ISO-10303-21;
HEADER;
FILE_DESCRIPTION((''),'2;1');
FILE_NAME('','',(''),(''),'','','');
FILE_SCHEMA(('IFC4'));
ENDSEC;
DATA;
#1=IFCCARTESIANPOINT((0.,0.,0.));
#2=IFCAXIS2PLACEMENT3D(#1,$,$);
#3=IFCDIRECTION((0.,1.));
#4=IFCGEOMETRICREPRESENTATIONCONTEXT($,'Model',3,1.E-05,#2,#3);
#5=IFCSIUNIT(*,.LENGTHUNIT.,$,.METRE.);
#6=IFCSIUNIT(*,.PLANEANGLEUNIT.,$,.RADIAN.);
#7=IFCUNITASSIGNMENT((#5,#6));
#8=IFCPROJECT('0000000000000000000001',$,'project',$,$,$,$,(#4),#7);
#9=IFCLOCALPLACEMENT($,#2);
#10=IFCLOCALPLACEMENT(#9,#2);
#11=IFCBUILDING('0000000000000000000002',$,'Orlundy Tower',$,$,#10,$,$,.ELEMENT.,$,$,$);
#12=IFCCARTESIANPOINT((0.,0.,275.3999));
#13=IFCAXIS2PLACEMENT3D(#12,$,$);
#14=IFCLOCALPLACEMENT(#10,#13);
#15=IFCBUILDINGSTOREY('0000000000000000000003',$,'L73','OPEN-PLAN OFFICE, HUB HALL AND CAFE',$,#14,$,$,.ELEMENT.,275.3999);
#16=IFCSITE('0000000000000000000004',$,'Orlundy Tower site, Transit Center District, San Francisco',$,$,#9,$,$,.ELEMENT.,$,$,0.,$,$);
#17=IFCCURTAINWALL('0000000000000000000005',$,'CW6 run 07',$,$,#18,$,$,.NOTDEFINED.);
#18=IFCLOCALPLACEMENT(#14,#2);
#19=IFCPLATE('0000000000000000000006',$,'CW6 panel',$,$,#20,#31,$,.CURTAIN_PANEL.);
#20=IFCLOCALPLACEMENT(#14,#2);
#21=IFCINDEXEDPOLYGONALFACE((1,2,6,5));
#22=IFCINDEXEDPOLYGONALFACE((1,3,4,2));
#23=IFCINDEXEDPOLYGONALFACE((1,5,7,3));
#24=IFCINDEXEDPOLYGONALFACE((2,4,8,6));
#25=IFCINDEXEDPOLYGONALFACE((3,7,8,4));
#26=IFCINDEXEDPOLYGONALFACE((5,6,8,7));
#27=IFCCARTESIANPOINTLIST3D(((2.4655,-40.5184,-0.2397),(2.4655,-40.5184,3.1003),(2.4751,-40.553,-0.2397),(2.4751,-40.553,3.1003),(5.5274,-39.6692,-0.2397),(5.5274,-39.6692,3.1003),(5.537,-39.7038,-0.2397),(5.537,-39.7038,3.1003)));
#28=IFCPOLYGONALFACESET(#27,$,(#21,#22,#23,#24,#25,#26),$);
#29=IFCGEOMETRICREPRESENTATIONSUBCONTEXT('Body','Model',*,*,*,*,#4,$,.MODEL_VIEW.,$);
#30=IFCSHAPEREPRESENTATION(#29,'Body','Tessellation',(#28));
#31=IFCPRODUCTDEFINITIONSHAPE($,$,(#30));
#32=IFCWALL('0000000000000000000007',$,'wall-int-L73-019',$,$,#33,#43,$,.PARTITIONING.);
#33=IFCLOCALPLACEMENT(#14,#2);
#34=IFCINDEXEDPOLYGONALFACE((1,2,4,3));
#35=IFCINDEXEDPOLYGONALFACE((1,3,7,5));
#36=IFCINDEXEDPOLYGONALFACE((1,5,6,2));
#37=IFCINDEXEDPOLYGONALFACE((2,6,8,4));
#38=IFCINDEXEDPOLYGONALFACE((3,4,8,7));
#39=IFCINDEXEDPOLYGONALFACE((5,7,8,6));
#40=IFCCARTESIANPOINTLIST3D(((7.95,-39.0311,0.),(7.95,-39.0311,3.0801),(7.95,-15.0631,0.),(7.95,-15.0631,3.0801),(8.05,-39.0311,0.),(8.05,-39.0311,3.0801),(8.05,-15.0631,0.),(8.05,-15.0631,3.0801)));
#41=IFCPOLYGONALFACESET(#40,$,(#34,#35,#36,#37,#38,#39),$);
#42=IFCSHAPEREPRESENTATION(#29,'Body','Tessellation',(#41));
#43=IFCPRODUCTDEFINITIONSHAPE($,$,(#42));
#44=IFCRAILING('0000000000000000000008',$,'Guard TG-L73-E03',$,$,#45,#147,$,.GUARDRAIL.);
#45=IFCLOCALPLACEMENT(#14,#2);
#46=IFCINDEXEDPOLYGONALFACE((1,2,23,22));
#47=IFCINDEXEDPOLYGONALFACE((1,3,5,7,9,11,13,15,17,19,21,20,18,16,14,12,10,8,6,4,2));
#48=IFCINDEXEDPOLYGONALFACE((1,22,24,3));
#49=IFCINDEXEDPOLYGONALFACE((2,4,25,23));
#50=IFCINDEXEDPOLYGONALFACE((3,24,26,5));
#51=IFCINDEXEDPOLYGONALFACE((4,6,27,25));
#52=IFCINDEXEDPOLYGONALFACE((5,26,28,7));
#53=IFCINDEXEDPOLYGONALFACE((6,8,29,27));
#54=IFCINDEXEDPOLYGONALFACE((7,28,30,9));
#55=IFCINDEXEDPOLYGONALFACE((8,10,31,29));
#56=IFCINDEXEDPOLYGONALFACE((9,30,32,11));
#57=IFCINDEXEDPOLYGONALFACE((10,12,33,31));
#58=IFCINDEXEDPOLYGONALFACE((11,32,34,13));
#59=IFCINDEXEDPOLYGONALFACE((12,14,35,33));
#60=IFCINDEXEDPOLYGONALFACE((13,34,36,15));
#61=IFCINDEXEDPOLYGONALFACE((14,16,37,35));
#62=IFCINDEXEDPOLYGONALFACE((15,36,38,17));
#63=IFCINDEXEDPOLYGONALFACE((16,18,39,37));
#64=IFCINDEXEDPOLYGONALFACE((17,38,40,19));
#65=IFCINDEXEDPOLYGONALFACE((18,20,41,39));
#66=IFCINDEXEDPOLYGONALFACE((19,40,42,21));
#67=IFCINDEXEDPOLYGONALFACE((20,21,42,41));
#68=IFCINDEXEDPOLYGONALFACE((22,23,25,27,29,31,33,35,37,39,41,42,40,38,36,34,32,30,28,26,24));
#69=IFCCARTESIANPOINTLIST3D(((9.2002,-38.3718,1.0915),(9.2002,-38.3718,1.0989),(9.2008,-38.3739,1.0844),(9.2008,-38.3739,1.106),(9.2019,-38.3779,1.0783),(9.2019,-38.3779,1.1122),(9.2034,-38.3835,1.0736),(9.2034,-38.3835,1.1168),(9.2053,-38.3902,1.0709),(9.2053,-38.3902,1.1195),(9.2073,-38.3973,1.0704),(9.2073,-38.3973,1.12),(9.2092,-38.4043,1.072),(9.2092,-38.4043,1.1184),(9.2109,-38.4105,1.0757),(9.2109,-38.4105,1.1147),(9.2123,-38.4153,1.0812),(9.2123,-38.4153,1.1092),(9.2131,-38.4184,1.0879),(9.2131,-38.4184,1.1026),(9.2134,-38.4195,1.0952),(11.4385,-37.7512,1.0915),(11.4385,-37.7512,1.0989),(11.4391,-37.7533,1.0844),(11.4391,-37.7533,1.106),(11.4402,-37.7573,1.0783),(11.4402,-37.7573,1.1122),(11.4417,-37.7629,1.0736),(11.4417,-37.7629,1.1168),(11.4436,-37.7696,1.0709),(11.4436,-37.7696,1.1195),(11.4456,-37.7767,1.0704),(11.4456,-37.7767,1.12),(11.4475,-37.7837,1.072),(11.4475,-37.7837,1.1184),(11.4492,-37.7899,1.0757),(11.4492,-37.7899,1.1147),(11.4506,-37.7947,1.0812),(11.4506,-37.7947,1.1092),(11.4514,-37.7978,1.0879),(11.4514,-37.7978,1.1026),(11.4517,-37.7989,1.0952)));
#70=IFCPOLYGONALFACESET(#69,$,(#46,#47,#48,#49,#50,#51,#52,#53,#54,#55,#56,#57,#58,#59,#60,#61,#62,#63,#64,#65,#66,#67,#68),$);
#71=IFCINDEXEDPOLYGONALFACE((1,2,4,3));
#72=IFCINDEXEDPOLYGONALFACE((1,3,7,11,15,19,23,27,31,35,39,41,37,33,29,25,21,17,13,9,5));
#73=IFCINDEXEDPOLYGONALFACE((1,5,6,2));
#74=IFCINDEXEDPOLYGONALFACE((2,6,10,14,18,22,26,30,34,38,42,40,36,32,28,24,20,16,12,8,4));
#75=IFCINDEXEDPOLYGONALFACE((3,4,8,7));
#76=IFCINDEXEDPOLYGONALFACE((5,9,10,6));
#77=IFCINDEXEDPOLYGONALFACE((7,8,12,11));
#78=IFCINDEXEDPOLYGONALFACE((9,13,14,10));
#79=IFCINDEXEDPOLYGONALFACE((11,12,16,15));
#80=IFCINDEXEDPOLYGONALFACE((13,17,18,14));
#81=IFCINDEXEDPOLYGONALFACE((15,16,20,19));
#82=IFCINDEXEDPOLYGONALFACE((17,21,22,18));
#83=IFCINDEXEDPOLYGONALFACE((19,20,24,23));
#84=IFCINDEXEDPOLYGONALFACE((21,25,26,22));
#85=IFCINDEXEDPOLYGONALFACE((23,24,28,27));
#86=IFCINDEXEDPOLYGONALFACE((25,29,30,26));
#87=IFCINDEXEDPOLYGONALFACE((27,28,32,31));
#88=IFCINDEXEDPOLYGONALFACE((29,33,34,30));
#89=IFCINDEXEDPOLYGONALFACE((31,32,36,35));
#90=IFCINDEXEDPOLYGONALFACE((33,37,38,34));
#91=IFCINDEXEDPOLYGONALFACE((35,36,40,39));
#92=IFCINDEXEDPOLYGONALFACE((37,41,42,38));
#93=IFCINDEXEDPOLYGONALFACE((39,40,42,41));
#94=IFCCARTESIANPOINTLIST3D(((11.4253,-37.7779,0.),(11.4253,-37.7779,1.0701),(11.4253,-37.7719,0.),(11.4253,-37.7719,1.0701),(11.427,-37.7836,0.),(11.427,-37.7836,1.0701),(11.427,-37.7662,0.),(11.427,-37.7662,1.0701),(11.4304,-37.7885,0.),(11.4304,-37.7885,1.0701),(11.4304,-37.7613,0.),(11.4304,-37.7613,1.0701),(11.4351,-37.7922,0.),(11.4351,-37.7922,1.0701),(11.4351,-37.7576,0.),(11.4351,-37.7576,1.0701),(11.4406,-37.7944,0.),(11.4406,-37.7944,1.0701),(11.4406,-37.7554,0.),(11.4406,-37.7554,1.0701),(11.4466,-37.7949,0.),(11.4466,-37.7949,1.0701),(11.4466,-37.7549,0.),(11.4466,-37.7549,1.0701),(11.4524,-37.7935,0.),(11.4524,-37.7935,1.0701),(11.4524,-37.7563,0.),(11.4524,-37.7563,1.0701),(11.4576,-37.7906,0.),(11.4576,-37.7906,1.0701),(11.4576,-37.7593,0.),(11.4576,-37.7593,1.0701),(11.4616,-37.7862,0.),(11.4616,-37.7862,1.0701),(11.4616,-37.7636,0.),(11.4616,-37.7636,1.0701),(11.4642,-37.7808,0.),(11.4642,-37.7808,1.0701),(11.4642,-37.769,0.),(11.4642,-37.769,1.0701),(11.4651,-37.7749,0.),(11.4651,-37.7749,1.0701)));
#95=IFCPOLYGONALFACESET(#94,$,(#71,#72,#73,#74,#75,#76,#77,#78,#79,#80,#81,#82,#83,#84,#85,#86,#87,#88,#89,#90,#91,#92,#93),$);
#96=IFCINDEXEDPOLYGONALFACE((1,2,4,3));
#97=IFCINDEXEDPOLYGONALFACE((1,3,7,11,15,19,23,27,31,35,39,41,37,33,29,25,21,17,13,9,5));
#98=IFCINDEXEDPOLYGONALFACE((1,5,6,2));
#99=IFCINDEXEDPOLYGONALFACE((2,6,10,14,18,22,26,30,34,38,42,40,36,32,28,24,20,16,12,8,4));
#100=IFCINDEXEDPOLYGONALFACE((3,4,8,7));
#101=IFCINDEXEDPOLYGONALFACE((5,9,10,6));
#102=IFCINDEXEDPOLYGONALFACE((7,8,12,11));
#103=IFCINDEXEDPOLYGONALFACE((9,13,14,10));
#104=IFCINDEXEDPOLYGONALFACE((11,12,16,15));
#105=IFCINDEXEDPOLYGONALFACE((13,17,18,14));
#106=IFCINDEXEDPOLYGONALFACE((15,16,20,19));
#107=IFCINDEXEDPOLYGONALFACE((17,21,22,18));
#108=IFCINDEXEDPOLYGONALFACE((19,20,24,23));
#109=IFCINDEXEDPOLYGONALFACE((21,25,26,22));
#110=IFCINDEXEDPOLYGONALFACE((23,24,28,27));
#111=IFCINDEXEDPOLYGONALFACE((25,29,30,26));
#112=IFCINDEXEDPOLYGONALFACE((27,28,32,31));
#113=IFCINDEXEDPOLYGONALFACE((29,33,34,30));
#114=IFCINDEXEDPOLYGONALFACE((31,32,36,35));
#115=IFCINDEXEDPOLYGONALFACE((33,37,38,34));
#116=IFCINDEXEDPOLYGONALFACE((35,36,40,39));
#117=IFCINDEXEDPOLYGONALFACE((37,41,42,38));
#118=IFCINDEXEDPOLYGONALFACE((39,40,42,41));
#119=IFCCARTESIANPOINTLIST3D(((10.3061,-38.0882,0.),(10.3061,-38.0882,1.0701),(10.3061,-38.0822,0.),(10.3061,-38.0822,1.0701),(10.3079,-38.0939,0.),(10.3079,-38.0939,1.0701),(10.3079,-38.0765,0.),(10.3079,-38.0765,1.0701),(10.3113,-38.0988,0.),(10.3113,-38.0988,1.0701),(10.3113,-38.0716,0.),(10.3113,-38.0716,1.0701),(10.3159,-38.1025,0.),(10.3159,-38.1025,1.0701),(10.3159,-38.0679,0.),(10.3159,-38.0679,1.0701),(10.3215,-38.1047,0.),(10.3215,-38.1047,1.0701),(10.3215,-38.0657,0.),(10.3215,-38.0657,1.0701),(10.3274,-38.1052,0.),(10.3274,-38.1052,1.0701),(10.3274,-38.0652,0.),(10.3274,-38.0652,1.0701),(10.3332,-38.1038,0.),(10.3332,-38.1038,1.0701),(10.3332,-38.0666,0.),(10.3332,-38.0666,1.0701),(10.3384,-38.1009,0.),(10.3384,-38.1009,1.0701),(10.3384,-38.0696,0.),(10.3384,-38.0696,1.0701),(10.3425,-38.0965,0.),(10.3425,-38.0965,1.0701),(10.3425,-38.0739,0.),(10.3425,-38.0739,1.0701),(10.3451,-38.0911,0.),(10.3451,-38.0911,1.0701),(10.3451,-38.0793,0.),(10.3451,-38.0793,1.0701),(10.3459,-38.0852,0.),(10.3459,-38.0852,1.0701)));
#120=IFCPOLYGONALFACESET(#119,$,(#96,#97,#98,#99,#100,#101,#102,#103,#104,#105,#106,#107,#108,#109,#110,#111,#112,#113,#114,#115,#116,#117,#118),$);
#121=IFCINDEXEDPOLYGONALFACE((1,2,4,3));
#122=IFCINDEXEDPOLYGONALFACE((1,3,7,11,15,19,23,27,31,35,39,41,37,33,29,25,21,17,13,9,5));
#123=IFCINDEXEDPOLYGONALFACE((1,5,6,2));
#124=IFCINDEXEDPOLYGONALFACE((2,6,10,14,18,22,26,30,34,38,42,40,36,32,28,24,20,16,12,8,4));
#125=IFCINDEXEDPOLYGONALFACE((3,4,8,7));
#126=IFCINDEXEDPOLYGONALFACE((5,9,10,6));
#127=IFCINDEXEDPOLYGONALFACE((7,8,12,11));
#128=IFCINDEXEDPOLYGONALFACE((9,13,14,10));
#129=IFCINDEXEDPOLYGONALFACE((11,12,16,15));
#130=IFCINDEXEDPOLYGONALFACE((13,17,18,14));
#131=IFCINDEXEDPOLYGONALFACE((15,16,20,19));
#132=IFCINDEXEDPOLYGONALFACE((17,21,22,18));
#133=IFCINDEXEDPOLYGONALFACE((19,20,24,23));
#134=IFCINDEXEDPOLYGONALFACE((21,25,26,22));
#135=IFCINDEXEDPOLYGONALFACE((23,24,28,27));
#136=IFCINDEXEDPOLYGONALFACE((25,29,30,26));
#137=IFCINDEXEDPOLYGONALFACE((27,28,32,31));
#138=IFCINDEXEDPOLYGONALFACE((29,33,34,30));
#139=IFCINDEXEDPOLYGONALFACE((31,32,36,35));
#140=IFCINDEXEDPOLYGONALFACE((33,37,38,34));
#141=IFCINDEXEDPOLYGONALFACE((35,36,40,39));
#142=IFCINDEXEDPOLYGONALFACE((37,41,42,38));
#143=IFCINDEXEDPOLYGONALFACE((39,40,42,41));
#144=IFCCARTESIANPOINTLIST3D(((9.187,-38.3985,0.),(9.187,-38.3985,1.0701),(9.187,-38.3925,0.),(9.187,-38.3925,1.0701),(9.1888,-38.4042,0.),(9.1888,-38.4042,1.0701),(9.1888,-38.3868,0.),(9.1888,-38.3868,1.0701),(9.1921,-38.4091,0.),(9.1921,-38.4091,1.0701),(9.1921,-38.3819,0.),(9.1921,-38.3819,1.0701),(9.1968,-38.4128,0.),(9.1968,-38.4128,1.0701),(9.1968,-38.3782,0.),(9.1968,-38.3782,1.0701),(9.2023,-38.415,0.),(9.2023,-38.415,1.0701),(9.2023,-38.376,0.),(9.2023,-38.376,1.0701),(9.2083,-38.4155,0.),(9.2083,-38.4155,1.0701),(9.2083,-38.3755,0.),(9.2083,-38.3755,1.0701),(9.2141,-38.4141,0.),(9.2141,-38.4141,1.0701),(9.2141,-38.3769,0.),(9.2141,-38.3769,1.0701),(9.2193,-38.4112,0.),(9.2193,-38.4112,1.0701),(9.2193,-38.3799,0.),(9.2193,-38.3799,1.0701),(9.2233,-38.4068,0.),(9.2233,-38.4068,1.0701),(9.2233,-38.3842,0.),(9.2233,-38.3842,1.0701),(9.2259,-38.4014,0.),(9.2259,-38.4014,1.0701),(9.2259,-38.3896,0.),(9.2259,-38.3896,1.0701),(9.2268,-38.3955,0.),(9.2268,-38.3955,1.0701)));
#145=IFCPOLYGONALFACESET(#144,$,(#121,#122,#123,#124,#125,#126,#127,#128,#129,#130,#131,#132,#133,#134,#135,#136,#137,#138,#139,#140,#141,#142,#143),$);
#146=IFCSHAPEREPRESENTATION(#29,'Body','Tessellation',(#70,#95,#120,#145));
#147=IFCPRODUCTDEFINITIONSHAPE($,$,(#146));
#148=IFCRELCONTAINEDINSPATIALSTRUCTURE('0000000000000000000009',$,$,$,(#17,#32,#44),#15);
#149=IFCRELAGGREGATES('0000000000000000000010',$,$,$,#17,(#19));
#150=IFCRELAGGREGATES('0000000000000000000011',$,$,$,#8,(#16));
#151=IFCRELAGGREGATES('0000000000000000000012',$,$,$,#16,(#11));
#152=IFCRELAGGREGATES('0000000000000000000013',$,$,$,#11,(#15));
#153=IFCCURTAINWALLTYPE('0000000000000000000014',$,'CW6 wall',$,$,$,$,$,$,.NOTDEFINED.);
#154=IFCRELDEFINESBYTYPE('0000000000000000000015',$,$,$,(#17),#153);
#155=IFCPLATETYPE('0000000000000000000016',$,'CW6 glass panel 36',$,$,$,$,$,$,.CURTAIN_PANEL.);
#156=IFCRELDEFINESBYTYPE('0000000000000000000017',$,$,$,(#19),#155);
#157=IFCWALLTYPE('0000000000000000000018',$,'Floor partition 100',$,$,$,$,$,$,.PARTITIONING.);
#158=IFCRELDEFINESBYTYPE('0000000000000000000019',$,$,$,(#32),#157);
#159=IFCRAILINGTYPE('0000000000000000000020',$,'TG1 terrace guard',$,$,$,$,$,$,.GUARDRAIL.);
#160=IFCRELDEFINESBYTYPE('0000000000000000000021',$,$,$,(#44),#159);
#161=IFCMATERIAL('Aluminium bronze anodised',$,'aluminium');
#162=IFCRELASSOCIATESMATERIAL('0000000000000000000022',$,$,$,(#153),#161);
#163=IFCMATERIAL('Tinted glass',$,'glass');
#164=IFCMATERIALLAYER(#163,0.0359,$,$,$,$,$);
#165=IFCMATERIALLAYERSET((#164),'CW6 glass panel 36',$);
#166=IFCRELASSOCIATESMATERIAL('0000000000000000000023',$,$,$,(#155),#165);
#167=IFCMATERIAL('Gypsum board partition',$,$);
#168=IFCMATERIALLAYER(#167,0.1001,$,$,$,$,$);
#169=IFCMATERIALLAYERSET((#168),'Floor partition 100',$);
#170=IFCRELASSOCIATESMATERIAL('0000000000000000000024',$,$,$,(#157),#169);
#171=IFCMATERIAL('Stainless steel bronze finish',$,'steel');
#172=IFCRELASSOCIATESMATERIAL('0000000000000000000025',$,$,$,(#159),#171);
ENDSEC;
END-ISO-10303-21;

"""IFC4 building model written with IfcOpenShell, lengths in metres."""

from ifc_helpers import new_model, si_unit, direction, frame, frame_2d, origin, origin_2d, place, context, subcontext, project, spatial, rectangle, circle, extrude, material, layer, layer_set, type_object, element, aggregate, save


model = new_model("IFC4")

# Units and contexts
model_context = context("Model", 3, precision=1e-05, world=origin(), true_north=direction((0.0, 1.0)))
body_context = subcontext(model_context, "Body", "Model", "MODEL_VIEW")
ifc_project = project(units=[si_unit("LENGTHUNIT", "METRE"), si_unit("PLANEANGLEUNIT", "RADIAN")], contexts=[model_context])

# Site, building, storey
site_placement = place(None, origin())
site = spatial("IfcSite", under=ifc_project, at=site_placement, Name="Orlundy Tower site, Transit Center District, San Francisco", CompositionType="ELEMENT", RefElevation=0.0)
building_placement = place(site_placement, origin())
building = spatial("IfcBuilding", under=site, at=building_placement, Name="Orlundy Tower", CompositionType="ELEMENT")
storey_placement = place(building_placement, frame((0.0, 0.0, 275.3999)))
storey = spatial("IfcBuildingStorey", under=building, at=storey_placement, Name="L73", Description="OPEN-PLAN OFFICE, HUB HALL AND CAFE", CompositionType="ELEMENT", Elevation=275.3999)

# Curtain wall, plate
ifc_material_1 = material(Name="Aluminium bronze anodised", Category="aluminium")
curtain_wall_type = type_object("IfcCurtainWallType", Name="CW6 wall", PredefinedType="NOTDEFINED", material=ifc_material_1)
curtain_wall_placement = place(storey_placement, origin())
curtain_wall = element("IfcCurtainWall", 1, at=curtain_wall_placement, inside=storey, type_object=curtain_wall_type, Name="CW6 run 07", PredefinedType="NOTDEFINED")
ifc_material_2 = material(Name="Tinted glass", Category="glass")
ifc_layer_1 = layer(ifc_material_2, 0.0359)
ifc_layer_set_1 = layer_set([ifc_layer_1], Name="CW6 glass panel 36")
plate_type = type_object("IfcPlateType", Name="CW6 glass panel 36", PredefinedType="CURTAIN_PANEL", material=ifc_layer_set_1)
plate_1_placement = place(storey_placement, frame((4.0012, -40.1111, -0.2397), z_axis=(0.0, 0.0, 1.0), x_axis=(-0.96363, -0.267241, 0.0)))
plate_1 = element("IfcPlate", 2, at=plate_1_placement, type_object=plate_type, Name="CW6 panel", PredefinedType="CURTAIN_PANEL", context=body_context, shape_type="SweptSolid", body=[
    extrude(rectangle(XDim=3.1775, YDim=0.0359, at=origin_2d()), origin(), (0.0, 0.0, 1.0), 3.3401),
])
aggregate(curtain_wall, [plate_1])

# Wall
ifc_material_3 = material(Name="Gypsum board partition")
ifc_layer_2 = layer(ifc_material_3, 0.1001)
ifc_layer_set_2 = layer_set([ifc_layer_2], Name="Floor partition 100")
wall_type = type_object("IfcWallType", Name="Floor partition 100", PredefinedType="PARTITIONING", material=ifc_layer_set_2)
wall_placement = place(storey_placement, frame((8.0, -39.031, 0.0), z_axis=(0.0, 0.0, 1.0), x_axis=(0.0, 1.0, 0.0)))
element("IfcWall", 3, at=wall_placement, inside=storey, type_object=wall_type, Name="wall-int-L73-019", PredefinedType="PARTITIONING", context=body_context, shape_type="SweptSolid", body=[
    extrude(rectangle(XDim=23.968, YDim=0.1001, at=frame_2d((11.9839, 0.0))), origin(), (0.0, 0.0, 1.0), 3.0801),
])

# Railing
ifc_material_4 = material(Name="Stainless steel bronze finish", Category="steel")
railing_type = type_object("IfcRailingType", Name="TG1 terrace guard", PredefinedType="GUARDRAIL", material=ifc_material_4)
railing_1_placement = place(storey_placement, frame((11.4451, -37.7749, 0.0)))
element("IfcRailing", 4, at=railing_1_placement, inside=storey, type_object=railing_type, Name="Guard TG-L73-E03", PredefinedType="GUARDRAIL", context=body_context, shape_type="SweptSolid", body=[
    extrude(circle(Radius=0.0249, at=origin_2d()), frame((0.0, 0.0, 1.0952), z_axis=(-0.963644, -0.267188, 0.0), x_axis=(0.267188, -0.963644, 0.0)), (0.0, 0.0, 1.0), 2.3228),
    extrude(circle(Radius=0.02, at=origin_2d()), origin(), (0.0, 0.0, 1.0), 1.0701),
    extrude(circle(Radius=0.02, at=origin_2d()), frame((-1.1191, -0.3103, 0.0)), (0.0, 0.0, 1.0), 1.0701),
    extrude(circle(Radius=0.02, at=origin_2d()), frame((-2.2383, -0.6206, 0.0)), (0.0, 0.0, 1.0), 1.0701),
])

save(model, "model.ifc")
